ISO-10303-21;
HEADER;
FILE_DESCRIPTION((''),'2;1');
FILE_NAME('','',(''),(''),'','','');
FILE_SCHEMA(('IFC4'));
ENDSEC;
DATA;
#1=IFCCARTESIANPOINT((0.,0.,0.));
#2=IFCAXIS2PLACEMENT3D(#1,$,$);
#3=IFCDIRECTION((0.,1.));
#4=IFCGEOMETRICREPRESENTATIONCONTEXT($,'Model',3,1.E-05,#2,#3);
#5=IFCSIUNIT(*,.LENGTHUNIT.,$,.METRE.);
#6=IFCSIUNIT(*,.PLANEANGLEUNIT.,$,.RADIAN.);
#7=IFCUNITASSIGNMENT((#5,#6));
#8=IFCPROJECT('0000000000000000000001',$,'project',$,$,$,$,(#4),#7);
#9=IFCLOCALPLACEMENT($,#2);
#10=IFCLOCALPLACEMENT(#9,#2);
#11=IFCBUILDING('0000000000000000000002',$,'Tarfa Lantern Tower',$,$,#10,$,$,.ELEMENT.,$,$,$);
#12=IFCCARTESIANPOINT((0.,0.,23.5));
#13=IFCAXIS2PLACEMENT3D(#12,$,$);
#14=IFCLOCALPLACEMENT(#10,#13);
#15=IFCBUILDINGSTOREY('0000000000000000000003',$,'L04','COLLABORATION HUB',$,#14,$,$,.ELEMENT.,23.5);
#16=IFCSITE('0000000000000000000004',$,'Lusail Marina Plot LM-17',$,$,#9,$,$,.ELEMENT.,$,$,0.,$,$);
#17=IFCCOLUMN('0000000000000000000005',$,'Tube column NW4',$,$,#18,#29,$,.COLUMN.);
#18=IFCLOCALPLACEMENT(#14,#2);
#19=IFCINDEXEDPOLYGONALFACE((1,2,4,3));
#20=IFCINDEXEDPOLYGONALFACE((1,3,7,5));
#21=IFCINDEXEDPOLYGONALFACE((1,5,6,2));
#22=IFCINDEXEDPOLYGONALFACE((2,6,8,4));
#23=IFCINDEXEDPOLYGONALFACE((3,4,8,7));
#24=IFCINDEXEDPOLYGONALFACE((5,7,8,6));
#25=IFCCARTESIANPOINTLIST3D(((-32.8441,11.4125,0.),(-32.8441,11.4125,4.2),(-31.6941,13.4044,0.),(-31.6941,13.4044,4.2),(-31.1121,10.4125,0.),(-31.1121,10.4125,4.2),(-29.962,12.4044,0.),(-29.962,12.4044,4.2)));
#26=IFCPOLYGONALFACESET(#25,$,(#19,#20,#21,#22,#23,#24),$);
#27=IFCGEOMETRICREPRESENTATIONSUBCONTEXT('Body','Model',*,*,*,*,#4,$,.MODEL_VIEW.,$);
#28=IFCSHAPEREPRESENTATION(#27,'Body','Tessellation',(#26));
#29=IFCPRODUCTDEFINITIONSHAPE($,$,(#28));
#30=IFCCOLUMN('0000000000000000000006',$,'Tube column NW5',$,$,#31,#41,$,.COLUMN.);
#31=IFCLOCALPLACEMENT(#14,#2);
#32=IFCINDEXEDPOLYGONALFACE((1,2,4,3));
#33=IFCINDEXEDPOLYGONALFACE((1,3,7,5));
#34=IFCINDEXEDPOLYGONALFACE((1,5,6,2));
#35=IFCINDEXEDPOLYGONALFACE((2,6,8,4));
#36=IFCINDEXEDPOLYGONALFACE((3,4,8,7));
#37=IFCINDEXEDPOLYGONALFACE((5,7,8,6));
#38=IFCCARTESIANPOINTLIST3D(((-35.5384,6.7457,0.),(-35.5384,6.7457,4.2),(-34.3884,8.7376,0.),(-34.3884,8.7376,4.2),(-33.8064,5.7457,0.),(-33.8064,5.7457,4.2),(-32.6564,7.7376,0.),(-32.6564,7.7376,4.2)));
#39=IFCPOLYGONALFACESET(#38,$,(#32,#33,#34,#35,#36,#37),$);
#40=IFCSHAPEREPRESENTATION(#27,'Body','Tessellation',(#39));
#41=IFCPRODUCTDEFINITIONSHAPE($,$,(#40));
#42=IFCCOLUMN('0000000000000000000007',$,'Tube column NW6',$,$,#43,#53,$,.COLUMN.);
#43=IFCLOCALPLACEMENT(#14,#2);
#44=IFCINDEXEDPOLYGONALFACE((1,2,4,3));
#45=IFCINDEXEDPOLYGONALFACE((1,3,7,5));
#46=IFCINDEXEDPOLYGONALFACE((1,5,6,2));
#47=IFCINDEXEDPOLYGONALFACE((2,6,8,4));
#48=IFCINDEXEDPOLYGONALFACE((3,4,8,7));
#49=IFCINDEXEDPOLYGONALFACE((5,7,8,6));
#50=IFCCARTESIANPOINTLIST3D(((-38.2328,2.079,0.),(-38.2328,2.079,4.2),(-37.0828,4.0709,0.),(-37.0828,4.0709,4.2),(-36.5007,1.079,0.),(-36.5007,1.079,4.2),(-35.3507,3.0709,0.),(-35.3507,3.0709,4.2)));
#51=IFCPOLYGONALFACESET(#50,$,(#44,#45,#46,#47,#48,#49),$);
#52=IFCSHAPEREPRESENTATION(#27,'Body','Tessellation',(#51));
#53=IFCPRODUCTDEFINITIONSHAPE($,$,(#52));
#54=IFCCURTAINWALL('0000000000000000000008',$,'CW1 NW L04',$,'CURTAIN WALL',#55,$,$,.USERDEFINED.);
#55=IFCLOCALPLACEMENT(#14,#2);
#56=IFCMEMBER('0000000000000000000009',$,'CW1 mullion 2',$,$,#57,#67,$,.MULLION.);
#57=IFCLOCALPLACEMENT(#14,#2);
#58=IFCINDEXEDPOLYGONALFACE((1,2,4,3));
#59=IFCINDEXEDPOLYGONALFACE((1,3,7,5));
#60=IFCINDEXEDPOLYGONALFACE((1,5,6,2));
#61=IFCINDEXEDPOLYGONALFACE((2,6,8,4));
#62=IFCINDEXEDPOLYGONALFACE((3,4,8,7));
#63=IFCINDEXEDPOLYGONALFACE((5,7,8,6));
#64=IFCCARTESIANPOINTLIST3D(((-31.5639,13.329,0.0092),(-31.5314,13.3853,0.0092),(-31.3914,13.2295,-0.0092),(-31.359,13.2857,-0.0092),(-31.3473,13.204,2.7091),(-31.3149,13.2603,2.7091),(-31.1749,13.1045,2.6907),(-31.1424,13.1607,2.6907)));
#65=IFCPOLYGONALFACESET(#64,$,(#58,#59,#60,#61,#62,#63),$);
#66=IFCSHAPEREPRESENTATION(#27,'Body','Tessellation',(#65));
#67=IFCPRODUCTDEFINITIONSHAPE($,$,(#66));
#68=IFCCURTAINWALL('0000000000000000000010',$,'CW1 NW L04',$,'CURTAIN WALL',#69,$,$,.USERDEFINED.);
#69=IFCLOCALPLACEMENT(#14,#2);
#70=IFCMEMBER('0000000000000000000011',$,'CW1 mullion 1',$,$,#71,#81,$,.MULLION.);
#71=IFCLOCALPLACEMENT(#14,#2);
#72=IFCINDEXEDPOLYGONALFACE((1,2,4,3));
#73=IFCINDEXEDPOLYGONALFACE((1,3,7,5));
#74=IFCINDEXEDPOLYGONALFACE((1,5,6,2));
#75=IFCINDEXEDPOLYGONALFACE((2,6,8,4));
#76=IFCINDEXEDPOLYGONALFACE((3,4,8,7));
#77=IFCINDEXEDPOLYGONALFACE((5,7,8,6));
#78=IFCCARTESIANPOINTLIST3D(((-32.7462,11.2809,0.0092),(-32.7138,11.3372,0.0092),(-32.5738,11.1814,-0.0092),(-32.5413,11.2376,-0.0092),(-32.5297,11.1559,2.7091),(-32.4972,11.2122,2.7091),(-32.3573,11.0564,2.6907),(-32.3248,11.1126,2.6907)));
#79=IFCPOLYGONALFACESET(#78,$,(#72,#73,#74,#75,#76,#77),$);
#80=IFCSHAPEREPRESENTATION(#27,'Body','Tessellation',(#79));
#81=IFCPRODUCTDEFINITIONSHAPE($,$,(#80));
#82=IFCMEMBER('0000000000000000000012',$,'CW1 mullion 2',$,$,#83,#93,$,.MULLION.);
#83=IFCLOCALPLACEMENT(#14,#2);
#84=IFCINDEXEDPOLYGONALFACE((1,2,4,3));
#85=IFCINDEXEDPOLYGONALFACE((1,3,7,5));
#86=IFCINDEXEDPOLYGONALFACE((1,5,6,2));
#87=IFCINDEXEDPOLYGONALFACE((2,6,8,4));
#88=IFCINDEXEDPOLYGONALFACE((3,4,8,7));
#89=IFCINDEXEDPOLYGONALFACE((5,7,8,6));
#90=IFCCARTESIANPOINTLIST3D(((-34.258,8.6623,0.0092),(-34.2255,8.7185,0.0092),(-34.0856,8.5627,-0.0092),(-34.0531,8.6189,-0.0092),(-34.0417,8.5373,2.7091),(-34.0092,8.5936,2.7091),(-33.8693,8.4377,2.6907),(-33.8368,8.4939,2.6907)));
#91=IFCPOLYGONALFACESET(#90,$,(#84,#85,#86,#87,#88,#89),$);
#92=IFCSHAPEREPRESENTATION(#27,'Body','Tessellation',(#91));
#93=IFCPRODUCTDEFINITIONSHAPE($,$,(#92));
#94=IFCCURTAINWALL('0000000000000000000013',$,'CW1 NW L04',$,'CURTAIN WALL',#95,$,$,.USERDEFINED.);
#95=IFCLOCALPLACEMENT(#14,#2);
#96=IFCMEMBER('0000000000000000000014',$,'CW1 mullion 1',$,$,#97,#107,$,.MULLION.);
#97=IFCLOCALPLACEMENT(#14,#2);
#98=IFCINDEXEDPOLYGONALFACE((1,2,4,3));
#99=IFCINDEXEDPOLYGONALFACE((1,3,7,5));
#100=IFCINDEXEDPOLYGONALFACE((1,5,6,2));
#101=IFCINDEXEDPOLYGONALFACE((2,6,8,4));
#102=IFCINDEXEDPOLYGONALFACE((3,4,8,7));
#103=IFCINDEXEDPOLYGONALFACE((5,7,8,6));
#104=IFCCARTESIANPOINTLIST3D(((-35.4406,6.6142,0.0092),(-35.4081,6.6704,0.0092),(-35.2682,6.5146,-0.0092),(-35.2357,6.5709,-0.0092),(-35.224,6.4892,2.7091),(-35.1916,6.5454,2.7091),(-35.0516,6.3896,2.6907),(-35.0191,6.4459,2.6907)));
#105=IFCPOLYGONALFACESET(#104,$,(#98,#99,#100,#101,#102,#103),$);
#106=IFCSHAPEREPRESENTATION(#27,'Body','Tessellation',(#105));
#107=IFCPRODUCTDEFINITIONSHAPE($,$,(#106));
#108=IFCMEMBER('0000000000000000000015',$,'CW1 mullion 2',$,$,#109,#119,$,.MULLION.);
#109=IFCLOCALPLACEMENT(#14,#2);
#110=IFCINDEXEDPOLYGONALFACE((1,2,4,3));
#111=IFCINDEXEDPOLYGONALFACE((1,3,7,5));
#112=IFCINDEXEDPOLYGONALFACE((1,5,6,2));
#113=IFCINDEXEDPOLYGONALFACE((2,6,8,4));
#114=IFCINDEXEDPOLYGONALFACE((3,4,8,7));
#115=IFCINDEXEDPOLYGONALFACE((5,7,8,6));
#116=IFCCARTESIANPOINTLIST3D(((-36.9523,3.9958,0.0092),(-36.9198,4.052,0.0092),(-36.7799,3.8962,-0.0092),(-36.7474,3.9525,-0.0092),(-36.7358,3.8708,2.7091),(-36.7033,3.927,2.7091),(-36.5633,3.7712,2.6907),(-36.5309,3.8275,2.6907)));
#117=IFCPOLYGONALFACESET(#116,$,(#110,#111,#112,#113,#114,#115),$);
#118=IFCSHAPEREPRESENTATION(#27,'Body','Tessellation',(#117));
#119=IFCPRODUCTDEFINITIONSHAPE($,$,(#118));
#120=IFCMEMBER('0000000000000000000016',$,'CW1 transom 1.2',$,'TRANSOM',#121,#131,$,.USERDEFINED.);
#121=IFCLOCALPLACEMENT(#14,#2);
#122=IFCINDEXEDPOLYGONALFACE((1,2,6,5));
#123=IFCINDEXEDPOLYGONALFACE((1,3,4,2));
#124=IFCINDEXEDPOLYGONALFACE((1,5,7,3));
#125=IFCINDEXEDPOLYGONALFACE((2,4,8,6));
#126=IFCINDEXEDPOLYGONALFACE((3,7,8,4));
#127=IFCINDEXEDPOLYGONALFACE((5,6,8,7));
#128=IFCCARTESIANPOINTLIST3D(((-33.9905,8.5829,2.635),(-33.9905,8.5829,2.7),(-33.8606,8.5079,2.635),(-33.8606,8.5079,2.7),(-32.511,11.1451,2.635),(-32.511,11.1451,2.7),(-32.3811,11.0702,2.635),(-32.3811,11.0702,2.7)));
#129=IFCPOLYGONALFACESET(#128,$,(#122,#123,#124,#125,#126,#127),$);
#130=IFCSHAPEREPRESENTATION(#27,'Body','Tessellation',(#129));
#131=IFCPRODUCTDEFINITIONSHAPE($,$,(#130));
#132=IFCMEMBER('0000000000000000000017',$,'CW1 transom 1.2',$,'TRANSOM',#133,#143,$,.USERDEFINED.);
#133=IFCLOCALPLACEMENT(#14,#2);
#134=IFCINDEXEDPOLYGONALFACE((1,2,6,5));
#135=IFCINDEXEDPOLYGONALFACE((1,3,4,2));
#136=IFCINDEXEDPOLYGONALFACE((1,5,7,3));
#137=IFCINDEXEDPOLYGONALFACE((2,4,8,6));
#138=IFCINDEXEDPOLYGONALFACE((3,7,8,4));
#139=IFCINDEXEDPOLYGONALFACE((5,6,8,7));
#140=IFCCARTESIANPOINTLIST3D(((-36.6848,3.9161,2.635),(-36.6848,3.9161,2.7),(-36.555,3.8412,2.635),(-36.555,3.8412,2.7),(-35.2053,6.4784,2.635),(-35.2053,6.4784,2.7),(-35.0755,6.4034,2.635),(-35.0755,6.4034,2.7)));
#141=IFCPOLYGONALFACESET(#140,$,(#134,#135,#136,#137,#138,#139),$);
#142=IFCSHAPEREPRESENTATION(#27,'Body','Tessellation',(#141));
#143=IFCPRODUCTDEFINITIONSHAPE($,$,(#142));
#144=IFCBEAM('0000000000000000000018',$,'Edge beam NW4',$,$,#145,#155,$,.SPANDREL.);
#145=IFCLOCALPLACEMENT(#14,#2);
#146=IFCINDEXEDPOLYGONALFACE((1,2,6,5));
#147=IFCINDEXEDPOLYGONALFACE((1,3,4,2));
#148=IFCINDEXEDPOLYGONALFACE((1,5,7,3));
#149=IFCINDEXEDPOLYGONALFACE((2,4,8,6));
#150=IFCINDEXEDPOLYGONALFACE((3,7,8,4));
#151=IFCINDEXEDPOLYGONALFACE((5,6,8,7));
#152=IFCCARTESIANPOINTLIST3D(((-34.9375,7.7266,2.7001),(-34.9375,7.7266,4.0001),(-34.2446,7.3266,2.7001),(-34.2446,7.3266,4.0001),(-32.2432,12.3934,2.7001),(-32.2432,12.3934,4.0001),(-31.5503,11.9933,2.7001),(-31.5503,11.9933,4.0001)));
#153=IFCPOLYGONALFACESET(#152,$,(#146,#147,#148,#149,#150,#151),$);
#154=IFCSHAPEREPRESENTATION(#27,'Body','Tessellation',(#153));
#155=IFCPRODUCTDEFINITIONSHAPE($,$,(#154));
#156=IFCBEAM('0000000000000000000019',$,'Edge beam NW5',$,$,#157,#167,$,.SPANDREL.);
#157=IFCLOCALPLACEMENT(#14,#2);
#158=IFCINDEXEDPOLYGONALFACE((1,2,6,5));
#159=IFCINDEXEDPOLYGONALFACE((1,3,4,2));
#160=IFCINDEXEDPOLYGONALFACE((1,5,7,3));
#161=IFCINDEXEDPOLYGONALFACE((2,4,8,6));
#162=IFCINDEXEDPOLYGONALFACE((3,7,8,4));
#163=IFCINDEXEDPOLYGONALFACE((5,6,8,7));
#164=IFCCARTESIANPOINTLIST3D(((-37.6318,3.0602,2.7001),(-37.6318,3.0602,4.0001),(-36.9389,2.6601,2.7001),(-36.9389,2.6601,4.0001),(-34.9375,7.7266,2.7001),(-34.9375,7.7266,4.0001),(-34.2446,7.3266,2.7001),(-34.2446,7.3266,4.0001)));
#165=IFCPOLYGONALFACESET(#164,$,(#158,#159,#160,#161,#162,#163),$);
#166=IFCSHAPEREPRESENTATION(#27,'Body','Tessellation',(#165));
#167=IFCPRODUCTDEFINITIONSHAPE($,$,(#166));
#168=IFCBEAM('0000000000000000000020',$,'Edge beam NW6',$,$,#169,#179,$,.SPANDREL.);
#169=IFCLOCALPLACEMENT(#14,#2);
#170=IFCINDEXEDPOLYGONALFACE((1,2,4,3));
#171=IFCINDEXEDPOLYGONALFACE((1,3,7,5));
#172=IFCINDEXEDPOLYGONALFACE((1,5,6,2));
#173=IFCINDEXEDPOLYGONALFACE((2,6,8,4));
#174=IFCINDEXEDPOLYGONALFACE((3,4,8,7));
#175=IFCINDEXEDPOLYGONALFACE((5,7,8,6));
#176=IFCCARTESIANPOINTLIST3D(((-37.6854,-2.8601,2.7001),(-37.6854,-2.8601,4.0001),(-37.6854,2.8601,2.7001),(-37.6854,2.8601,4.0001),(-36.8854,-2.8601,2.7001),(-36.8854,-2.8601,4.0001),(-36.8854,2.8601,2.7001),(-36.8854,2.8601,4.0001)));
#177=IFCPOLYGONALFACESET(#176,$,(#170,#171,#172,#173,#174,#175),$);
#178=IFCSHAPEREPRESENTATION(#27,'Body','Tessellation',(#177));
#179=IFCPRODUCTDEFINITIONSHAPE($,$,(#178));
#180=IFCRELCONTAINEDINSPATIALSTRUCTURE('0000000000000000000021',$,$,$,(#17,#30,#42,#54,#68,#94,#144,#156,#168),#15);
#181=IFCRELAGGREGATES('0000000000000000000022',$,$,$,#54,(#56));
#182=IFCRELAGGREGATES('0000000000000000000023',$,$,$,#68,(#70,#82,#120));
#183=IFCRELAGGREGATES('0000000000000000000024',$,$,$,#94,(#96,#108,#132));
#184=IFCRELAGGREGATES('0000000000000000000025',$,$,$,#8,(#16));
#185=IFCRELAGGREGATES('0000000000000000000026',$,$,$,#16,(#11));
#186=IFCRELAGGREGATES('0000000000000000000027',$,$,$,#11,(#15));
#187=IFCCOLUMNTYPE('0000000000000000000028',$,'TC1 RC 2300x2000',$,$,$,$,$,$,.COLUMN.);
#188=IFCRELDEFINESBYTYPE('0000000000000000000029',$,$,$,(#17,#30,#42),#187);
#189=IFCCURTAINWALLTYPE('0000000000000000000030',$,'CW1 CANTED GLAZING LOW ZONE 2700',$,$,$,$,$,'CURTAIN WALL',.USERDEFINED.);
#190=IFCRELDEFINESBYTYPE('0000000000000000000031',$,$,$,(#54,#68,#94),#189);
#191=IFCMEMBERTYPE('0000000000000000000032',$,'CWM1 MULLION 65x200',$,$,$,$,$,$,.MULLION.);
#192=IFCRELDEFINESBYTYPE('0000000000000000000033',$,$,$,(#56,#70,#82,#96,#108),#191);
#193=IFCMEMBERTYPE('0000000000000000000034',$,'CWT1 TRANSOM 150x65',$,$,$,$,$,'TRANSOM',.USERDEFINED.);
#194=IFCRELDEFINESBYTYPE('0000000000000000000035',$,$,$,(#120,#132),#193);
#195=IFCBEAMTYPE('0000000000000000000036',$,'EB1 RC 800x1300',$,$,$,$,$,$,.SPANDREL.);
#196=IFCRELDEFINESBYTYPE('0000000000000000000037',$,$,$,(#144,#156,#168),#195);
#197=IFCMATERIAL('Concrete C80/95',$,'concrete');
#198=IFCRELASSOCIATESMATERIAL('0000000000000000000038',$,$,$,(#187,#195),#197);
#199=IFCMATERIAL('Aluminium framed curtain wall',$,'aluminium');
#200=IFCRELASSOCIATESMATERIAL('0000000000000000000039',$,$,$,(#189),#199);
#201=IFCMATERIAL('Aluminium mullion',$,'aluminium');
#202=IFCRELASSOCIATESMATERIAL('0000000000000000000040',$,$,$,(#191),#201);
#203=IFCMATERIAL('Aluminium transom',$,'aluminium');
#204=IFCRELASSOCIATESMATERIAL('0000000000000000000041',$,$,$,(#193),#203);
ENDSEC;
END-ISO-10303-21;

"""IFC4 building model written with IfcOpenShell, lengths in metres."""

from ifc_helpers import new_model, si_unit, direction, frame, origin, origin_2d, place, context, subcontext, project, spatial, rectangle, extrude, material, material_profile, profile_set, type_object, element, aggregate, save


model = new_model("IFC4")

# Units and contexts
model_context = context("Model", 3, precision=1e-05, world=origin(), true_north=direction((0.0, 1.0)))
body_context = subcontext(model_context, "Body", "Model", "MODEL_VIEW")
ifc_project = project(units=[si_unit("LENGTHUNIT", "METRE"), si_unit("PLANEANGLEUNIT", "RADIAN")], contexts=[model_context])

# Site, building, storey
site_placement = place(None, origin())
site = spatial("IfcSite", under=ifc_project, at=site_placement, Name="Lusail Marina Plot LM-17", CompositionType="ELEMENT", RefElevation=0.0)
building_placement = place(site_placement, origin())
building = spatial("IfcBuilding", under=site, at=building_placement, Name="Tarfa Lantern Tower", CompositionType="ELEMENT")
storey_placement = place(building_placement, frame((0.0, 0.0, 23.5)))
storey = spatial("IfcBuildingStorey", under=building, at=storey_placement, Name="L04", Description="COLLABORATION HUB", CompositionType="ELEMENT", Elevation=23.5)

# Columns
ifc_material_1 = material(Name="Concrete C80/95", Category="concrete")
ifc_material_profile_1 = material_profile(ifc_material_1, rectangle(XDim=2.3, YDim=2.0, at=origin_2d()), Name="RC 2300x2000")
ifc_profile_set_1 = profile_set([ifc_material_profile_1], Name="Concrete C80/95")
column_type = type_object("IfcColumnType", Name="TC1 RC 2300x2000", PredefinedType="COLUMN", material=ifc_profile_set_1)
for number, where, z_axis, x_axis, name in (
    (1, (-31.4031, 11.9084, 0.0), (0.0, 0.0, 1.0), (-0.5, -0.866025, 0.0), "Tube column NW4"),
    (2, (-34.0974, 7.2417, 0.0), (0.0, 0.0, 1.0), (-0.5, -0.866025, 0.0), "Tube column NW5"),
    (3, (-36.7917, 2.575, 0.0), (0.0, 0.0, 1.0), (-0.5, -0.866025, 0.0), "Tube column NW6"),
):
    element("IfcColumn", number, at=place(storey_placement, frame(where, z_axis=z_axis, x_axis=x_axis)), inside=storey, type_object=column_type, Name=name, PredefinedType="COLUMN", context=body_context, shape_type="SweptSolid", body=[
        extrude(rectangle(XDim=2.3, YDim=2.0, at=origin_2d()), origin(), (0.0, 0.0, 1.0), 4.2),
    ])

# Curtain wall, member
ifc_material_2 = material(Name="Aluminium framed curtain wall", Category="aluminium")
curtain_wall_type = type_object("IfcCurtainWallType", Name="CW1 CANTED GLAZING LOW ZONE 2700", ElementType="CURTAIN WALL", PredefinedType="USERDEFINED", material=ifc_material_2)
curtain_wall_1_placement = place(storey_placement, origin())
curtain_wall_1 = element("IfcCurtainWall", 4, at=curtain_wall_1_placement, inside=storey, type_object=curtain_wall_type, Name="CW1 NW L04", ObjectType="CURTAIN WALL", PredefinedType="USERDEFINED")
ifc_material_3 = material(Name="Aluminium mullion", Category="aluminium")
ifc_material_profile_2 = material_profile(ifc_material_3, rectangle(XDim=0.0649, YDim=0.2, at=origin_2d()), Name="AL MULLION 65x200")
ifc_profile_set_2 = profile_set([ifc_material_profile_2], Name="Aluminium mullion")
member_type_1 = type_object("IfcMemberType", Name="CWM1 MULLION 65x200", PredefinedType="MULLION", material=ifc_profile_set_2)
member_1_placement = place(storey_placement, frame((-31.4614, 13.3074, 0.0), z_axis=(0.079864, -0.0461, 0.995739), x_axis=(0.49992, 0.866072, 0.0)))
member_1 = element("IfcMember", 5, at=member_1_placement, type_object=member_type_1, Name="CW1 mullion 2", PredefinedType="MULLION", context=body_context, shape_type="SweptSolid", body=[
    extrude(rectangle(XDim=0.0649, YDim=0.2, at=origin_2d()), origin(), (0.0, 0.0, 1.0), 2.7114),
])
aggregate(curtain_wall_1, [member_1])

# Curtain walls, members
curtain_wall_2_placement = place(storey_placement, origin())
curtain_wall_2 = element("IfcCurtainWall", 6, at=curtain_wall_2_placement, inside=storey, type_object=curtain_wall_type, Name="CW1 NW L04", ObjectType="CURTAIN WALL", PredefinedType="USERDEFINED")
member_2_placement = place(storey_placement, frame((-32.6438, 11.2593, 0.0), z_axis=(0.079864, -0.0461, 0.995739), x_axis=(0.49992, 0.866072, 0.0)))
member_2 = element("IfcMember", 7, at=member_2_placement, type_object=member_type_1, Name="CW1 mullion 1", PredefinedType="MULLION", context=body_context, shape_type="SweptSolid", body=[
    extrude(rectangle(XDim=0.0649, YDim=0.2, at=origin_2d()), origin(), (0.0, 0.0, 1.0), 2.7114),
])
member_3_placement = place(storey_placement, frame((-34.1555, 8.6406, 0.0), z_axis=(0.079775, -0.0461, 0.995746), x_axis=(0.500343, 0.865827, 0.0)))
member_3 = element("IfcMember", 8, at=member_3_placement, type_object=member_type_1, Name="CW1 mullion 2", PredefinedType="MULLION", context=body_context, shape_type="SweptSolid", body=[
    extrude(rectangle(XDim=0.0649, YDim=0.2, at=origin_2d()), origin(), (0.0, 0.0, 1.0), 2.7114),
])
curtain_wall_3_placement = place(storey_placement, origin())
curtain_wall_3 = element("IfcCurtainWall", 9, at=curtain_wall_3_placement, inside=storey, type_object=curtain_wall_type, Name="CW1 NW L04", ObjectType="CURTAIN WALL", PredefinedType="USERDEFINED")
member_4_placement = place(storey_placement, frame((-35.3381, 6.5925, 0.0), z_axis=(0.079864, -0.0461, 0.995739), x_axis=(0.49992, 0.866072, 0.0)))
member_4 = element("IfcMember", 10, at=member_4_placement, type_object=member_type_1, Name="CW1 mullion 1", PredefinedType="MULLION", context=body_context, shape_type="SweptSolid", body=[
    extrude(rectangle(XDim=0.0649, YDim=0.2, at=origin_2d()), origin(), (0.0, 0.0, 1.0), 2.7114),
])
member_5_placement = place(storey_placement, frame((-36.8499, 3.9741, 0.0), z_axis=(0.079864, -0.0461, 0.995739), x_axis=(0.49992, 0.866072, 0.0)))
member_5 = element("IfcMember", 11, at=member_5_placement, type_object=member_type_1, Name="CW1 mullion 2", PredefinedType="MULLION", context=body_context, shape_type="SweptSolid", body=[
    extrude(rectangle(XDim=0.0649, YDim=0.2, at=origin_2d()), origin(), (0.0, 0.0, 1.0), 2.7114),
])

# Members
ifc_material_4 = material(Name="Aluminium transom", Category="aluminium")
ifc_material_profile_3 = material_profile(ifc_material_4, rectangle(XDim=0.1499, YDim=0.0649, at=origin_2d()), Name="AL TRANSOM 150x65")
ifc_profile_set_3 = profile_set([ifc_material_profile_3], Name="Aluminium transom")
member_type_2 = type_object("IfcMemberType", Name="CWT1 TRANSOM 150x65", ElementType="TRANSOM", PredefinedType="USERDEFINED", material=ifc_profile_set_3)
member_6_placement = place(storey_placement, frame((-32.446, 11.1077, 2.6675), z_axis=(-0.500044, -0.866, 0.0), x_axis=(0.866, -0.500044, 0.0)))
member_6 = element("IfcMember", 12, at=member_6_placement, type_object=member_type_2, Name="CW1 transom 1.2", ObjectType="TRANSOM", PredefinedType="USERDEFINED", context=body_context, shape_type="SweptSolid", body=[
    extrude(rectangle(XDim=0.1499, YDim=0.0649, at=origin_2d()), origin(), (0.0, 0.0, 1.0), 2.9587),
])
member_7_placement = place(storey_placement, frame((-35.1404, 6.4409, 2.6675), z_axis=(-0.500044, -0.866, 0.0), x_axis=(0.866, -0.500044, 0.0)))
member_7 = element("IfcMember", 13, at=member_7_placement, type_object=member_type_2, Name="CW1 transom 1.2", ObjectType="TRANSOM", PredefinedType="USERDEFINED", context=body_context, shape_type="SweptSolid", body=[
    extrude(rectangle(XDim=0.1499, YDim=0.0649, at=origin_2d()), origin(), (0.0, 0.0, 1.0), 2.9587),
])

# Beams
ifc_material_profile_4 = material_profile(ifc_material_1, rectangle(XDim=0.8, YDim=1.3, at=origin_2d()), Name="RC 800x1300")
ifc_profile_set_4 = profile_set([ifc_material_profile_4], Name="Concrete C80/95")
beam_type_1 = type_object("IfcBeamType", Name="EB1 RC 800x1300", PredefinedType="SPANDREL", material=ifc_profile_set_4)
beam_1_placement = place(storey_placement, frame((-31.8967, 12.1934, 3.3501), z_axis=(-0.499998, -0.866026, 0.0), x_axis=(0.866026, -0.499998, 0.0)))
element("IfcBeam", 14, at=beam_1_placement, inside=storey, type_object=beam_type_1, Name="Edge beam NW4", PredefinedType="SPANDREL", context=body_context, shape_type="SweptSolid", body=[
    extrude(rectangle(XDim=0.8, YDim=1.3, at=origin_2d()), origin(), (0.0, 0.0, 1.0), 5.3887),
])
beam_2_placement = place(storey_placement, frame((-34.5911, 7.5266, 3.3501), z_axis=(-0.500018, -0.866015, 0.0), x_axis=(0.866015, -0.500018, 0.0)))
element("IfcBeam", 15, at=beam_2_placement, inside=storey, type_object=beam_type_1, Name="Edge beam NW5", PredefinedType="SPANDREL", context=body_context, shape_type="SweptSolid", body=[
    extrude(rectangle(XDim=0.8, YDim=1.3, at=origin_2d()), origin(), (0.0, 0.0, 1.0), 5.3884),
])
beam_3_placement = place(storey_placement, frame((-37.2854, 2.8601, 3.3501), z_axis=(0.0, -1.0, 0.0), x_axis=(1.0, 0.0, 0.0)))
element("IfcBeam", 16, at=beam_3_placement, inside=storey, type_object=beam_type_1, Name="Edge beam NW6", PredefinedType="SPANDREL", context=body_context, shape_type="SweptSolid", body=[
    extrude(rectangle(XDim=0.8, YDim=1.3, at=origin_2d()), origin(), (0.0, 0.0, 1.0), 5.7202),
])

aggregate(curtain_wall_2, [member_2, member_3, member_6])
aggregate(curtain_wall_3, [member_4, member_5, member_7])

save(model, "model.ifc")
